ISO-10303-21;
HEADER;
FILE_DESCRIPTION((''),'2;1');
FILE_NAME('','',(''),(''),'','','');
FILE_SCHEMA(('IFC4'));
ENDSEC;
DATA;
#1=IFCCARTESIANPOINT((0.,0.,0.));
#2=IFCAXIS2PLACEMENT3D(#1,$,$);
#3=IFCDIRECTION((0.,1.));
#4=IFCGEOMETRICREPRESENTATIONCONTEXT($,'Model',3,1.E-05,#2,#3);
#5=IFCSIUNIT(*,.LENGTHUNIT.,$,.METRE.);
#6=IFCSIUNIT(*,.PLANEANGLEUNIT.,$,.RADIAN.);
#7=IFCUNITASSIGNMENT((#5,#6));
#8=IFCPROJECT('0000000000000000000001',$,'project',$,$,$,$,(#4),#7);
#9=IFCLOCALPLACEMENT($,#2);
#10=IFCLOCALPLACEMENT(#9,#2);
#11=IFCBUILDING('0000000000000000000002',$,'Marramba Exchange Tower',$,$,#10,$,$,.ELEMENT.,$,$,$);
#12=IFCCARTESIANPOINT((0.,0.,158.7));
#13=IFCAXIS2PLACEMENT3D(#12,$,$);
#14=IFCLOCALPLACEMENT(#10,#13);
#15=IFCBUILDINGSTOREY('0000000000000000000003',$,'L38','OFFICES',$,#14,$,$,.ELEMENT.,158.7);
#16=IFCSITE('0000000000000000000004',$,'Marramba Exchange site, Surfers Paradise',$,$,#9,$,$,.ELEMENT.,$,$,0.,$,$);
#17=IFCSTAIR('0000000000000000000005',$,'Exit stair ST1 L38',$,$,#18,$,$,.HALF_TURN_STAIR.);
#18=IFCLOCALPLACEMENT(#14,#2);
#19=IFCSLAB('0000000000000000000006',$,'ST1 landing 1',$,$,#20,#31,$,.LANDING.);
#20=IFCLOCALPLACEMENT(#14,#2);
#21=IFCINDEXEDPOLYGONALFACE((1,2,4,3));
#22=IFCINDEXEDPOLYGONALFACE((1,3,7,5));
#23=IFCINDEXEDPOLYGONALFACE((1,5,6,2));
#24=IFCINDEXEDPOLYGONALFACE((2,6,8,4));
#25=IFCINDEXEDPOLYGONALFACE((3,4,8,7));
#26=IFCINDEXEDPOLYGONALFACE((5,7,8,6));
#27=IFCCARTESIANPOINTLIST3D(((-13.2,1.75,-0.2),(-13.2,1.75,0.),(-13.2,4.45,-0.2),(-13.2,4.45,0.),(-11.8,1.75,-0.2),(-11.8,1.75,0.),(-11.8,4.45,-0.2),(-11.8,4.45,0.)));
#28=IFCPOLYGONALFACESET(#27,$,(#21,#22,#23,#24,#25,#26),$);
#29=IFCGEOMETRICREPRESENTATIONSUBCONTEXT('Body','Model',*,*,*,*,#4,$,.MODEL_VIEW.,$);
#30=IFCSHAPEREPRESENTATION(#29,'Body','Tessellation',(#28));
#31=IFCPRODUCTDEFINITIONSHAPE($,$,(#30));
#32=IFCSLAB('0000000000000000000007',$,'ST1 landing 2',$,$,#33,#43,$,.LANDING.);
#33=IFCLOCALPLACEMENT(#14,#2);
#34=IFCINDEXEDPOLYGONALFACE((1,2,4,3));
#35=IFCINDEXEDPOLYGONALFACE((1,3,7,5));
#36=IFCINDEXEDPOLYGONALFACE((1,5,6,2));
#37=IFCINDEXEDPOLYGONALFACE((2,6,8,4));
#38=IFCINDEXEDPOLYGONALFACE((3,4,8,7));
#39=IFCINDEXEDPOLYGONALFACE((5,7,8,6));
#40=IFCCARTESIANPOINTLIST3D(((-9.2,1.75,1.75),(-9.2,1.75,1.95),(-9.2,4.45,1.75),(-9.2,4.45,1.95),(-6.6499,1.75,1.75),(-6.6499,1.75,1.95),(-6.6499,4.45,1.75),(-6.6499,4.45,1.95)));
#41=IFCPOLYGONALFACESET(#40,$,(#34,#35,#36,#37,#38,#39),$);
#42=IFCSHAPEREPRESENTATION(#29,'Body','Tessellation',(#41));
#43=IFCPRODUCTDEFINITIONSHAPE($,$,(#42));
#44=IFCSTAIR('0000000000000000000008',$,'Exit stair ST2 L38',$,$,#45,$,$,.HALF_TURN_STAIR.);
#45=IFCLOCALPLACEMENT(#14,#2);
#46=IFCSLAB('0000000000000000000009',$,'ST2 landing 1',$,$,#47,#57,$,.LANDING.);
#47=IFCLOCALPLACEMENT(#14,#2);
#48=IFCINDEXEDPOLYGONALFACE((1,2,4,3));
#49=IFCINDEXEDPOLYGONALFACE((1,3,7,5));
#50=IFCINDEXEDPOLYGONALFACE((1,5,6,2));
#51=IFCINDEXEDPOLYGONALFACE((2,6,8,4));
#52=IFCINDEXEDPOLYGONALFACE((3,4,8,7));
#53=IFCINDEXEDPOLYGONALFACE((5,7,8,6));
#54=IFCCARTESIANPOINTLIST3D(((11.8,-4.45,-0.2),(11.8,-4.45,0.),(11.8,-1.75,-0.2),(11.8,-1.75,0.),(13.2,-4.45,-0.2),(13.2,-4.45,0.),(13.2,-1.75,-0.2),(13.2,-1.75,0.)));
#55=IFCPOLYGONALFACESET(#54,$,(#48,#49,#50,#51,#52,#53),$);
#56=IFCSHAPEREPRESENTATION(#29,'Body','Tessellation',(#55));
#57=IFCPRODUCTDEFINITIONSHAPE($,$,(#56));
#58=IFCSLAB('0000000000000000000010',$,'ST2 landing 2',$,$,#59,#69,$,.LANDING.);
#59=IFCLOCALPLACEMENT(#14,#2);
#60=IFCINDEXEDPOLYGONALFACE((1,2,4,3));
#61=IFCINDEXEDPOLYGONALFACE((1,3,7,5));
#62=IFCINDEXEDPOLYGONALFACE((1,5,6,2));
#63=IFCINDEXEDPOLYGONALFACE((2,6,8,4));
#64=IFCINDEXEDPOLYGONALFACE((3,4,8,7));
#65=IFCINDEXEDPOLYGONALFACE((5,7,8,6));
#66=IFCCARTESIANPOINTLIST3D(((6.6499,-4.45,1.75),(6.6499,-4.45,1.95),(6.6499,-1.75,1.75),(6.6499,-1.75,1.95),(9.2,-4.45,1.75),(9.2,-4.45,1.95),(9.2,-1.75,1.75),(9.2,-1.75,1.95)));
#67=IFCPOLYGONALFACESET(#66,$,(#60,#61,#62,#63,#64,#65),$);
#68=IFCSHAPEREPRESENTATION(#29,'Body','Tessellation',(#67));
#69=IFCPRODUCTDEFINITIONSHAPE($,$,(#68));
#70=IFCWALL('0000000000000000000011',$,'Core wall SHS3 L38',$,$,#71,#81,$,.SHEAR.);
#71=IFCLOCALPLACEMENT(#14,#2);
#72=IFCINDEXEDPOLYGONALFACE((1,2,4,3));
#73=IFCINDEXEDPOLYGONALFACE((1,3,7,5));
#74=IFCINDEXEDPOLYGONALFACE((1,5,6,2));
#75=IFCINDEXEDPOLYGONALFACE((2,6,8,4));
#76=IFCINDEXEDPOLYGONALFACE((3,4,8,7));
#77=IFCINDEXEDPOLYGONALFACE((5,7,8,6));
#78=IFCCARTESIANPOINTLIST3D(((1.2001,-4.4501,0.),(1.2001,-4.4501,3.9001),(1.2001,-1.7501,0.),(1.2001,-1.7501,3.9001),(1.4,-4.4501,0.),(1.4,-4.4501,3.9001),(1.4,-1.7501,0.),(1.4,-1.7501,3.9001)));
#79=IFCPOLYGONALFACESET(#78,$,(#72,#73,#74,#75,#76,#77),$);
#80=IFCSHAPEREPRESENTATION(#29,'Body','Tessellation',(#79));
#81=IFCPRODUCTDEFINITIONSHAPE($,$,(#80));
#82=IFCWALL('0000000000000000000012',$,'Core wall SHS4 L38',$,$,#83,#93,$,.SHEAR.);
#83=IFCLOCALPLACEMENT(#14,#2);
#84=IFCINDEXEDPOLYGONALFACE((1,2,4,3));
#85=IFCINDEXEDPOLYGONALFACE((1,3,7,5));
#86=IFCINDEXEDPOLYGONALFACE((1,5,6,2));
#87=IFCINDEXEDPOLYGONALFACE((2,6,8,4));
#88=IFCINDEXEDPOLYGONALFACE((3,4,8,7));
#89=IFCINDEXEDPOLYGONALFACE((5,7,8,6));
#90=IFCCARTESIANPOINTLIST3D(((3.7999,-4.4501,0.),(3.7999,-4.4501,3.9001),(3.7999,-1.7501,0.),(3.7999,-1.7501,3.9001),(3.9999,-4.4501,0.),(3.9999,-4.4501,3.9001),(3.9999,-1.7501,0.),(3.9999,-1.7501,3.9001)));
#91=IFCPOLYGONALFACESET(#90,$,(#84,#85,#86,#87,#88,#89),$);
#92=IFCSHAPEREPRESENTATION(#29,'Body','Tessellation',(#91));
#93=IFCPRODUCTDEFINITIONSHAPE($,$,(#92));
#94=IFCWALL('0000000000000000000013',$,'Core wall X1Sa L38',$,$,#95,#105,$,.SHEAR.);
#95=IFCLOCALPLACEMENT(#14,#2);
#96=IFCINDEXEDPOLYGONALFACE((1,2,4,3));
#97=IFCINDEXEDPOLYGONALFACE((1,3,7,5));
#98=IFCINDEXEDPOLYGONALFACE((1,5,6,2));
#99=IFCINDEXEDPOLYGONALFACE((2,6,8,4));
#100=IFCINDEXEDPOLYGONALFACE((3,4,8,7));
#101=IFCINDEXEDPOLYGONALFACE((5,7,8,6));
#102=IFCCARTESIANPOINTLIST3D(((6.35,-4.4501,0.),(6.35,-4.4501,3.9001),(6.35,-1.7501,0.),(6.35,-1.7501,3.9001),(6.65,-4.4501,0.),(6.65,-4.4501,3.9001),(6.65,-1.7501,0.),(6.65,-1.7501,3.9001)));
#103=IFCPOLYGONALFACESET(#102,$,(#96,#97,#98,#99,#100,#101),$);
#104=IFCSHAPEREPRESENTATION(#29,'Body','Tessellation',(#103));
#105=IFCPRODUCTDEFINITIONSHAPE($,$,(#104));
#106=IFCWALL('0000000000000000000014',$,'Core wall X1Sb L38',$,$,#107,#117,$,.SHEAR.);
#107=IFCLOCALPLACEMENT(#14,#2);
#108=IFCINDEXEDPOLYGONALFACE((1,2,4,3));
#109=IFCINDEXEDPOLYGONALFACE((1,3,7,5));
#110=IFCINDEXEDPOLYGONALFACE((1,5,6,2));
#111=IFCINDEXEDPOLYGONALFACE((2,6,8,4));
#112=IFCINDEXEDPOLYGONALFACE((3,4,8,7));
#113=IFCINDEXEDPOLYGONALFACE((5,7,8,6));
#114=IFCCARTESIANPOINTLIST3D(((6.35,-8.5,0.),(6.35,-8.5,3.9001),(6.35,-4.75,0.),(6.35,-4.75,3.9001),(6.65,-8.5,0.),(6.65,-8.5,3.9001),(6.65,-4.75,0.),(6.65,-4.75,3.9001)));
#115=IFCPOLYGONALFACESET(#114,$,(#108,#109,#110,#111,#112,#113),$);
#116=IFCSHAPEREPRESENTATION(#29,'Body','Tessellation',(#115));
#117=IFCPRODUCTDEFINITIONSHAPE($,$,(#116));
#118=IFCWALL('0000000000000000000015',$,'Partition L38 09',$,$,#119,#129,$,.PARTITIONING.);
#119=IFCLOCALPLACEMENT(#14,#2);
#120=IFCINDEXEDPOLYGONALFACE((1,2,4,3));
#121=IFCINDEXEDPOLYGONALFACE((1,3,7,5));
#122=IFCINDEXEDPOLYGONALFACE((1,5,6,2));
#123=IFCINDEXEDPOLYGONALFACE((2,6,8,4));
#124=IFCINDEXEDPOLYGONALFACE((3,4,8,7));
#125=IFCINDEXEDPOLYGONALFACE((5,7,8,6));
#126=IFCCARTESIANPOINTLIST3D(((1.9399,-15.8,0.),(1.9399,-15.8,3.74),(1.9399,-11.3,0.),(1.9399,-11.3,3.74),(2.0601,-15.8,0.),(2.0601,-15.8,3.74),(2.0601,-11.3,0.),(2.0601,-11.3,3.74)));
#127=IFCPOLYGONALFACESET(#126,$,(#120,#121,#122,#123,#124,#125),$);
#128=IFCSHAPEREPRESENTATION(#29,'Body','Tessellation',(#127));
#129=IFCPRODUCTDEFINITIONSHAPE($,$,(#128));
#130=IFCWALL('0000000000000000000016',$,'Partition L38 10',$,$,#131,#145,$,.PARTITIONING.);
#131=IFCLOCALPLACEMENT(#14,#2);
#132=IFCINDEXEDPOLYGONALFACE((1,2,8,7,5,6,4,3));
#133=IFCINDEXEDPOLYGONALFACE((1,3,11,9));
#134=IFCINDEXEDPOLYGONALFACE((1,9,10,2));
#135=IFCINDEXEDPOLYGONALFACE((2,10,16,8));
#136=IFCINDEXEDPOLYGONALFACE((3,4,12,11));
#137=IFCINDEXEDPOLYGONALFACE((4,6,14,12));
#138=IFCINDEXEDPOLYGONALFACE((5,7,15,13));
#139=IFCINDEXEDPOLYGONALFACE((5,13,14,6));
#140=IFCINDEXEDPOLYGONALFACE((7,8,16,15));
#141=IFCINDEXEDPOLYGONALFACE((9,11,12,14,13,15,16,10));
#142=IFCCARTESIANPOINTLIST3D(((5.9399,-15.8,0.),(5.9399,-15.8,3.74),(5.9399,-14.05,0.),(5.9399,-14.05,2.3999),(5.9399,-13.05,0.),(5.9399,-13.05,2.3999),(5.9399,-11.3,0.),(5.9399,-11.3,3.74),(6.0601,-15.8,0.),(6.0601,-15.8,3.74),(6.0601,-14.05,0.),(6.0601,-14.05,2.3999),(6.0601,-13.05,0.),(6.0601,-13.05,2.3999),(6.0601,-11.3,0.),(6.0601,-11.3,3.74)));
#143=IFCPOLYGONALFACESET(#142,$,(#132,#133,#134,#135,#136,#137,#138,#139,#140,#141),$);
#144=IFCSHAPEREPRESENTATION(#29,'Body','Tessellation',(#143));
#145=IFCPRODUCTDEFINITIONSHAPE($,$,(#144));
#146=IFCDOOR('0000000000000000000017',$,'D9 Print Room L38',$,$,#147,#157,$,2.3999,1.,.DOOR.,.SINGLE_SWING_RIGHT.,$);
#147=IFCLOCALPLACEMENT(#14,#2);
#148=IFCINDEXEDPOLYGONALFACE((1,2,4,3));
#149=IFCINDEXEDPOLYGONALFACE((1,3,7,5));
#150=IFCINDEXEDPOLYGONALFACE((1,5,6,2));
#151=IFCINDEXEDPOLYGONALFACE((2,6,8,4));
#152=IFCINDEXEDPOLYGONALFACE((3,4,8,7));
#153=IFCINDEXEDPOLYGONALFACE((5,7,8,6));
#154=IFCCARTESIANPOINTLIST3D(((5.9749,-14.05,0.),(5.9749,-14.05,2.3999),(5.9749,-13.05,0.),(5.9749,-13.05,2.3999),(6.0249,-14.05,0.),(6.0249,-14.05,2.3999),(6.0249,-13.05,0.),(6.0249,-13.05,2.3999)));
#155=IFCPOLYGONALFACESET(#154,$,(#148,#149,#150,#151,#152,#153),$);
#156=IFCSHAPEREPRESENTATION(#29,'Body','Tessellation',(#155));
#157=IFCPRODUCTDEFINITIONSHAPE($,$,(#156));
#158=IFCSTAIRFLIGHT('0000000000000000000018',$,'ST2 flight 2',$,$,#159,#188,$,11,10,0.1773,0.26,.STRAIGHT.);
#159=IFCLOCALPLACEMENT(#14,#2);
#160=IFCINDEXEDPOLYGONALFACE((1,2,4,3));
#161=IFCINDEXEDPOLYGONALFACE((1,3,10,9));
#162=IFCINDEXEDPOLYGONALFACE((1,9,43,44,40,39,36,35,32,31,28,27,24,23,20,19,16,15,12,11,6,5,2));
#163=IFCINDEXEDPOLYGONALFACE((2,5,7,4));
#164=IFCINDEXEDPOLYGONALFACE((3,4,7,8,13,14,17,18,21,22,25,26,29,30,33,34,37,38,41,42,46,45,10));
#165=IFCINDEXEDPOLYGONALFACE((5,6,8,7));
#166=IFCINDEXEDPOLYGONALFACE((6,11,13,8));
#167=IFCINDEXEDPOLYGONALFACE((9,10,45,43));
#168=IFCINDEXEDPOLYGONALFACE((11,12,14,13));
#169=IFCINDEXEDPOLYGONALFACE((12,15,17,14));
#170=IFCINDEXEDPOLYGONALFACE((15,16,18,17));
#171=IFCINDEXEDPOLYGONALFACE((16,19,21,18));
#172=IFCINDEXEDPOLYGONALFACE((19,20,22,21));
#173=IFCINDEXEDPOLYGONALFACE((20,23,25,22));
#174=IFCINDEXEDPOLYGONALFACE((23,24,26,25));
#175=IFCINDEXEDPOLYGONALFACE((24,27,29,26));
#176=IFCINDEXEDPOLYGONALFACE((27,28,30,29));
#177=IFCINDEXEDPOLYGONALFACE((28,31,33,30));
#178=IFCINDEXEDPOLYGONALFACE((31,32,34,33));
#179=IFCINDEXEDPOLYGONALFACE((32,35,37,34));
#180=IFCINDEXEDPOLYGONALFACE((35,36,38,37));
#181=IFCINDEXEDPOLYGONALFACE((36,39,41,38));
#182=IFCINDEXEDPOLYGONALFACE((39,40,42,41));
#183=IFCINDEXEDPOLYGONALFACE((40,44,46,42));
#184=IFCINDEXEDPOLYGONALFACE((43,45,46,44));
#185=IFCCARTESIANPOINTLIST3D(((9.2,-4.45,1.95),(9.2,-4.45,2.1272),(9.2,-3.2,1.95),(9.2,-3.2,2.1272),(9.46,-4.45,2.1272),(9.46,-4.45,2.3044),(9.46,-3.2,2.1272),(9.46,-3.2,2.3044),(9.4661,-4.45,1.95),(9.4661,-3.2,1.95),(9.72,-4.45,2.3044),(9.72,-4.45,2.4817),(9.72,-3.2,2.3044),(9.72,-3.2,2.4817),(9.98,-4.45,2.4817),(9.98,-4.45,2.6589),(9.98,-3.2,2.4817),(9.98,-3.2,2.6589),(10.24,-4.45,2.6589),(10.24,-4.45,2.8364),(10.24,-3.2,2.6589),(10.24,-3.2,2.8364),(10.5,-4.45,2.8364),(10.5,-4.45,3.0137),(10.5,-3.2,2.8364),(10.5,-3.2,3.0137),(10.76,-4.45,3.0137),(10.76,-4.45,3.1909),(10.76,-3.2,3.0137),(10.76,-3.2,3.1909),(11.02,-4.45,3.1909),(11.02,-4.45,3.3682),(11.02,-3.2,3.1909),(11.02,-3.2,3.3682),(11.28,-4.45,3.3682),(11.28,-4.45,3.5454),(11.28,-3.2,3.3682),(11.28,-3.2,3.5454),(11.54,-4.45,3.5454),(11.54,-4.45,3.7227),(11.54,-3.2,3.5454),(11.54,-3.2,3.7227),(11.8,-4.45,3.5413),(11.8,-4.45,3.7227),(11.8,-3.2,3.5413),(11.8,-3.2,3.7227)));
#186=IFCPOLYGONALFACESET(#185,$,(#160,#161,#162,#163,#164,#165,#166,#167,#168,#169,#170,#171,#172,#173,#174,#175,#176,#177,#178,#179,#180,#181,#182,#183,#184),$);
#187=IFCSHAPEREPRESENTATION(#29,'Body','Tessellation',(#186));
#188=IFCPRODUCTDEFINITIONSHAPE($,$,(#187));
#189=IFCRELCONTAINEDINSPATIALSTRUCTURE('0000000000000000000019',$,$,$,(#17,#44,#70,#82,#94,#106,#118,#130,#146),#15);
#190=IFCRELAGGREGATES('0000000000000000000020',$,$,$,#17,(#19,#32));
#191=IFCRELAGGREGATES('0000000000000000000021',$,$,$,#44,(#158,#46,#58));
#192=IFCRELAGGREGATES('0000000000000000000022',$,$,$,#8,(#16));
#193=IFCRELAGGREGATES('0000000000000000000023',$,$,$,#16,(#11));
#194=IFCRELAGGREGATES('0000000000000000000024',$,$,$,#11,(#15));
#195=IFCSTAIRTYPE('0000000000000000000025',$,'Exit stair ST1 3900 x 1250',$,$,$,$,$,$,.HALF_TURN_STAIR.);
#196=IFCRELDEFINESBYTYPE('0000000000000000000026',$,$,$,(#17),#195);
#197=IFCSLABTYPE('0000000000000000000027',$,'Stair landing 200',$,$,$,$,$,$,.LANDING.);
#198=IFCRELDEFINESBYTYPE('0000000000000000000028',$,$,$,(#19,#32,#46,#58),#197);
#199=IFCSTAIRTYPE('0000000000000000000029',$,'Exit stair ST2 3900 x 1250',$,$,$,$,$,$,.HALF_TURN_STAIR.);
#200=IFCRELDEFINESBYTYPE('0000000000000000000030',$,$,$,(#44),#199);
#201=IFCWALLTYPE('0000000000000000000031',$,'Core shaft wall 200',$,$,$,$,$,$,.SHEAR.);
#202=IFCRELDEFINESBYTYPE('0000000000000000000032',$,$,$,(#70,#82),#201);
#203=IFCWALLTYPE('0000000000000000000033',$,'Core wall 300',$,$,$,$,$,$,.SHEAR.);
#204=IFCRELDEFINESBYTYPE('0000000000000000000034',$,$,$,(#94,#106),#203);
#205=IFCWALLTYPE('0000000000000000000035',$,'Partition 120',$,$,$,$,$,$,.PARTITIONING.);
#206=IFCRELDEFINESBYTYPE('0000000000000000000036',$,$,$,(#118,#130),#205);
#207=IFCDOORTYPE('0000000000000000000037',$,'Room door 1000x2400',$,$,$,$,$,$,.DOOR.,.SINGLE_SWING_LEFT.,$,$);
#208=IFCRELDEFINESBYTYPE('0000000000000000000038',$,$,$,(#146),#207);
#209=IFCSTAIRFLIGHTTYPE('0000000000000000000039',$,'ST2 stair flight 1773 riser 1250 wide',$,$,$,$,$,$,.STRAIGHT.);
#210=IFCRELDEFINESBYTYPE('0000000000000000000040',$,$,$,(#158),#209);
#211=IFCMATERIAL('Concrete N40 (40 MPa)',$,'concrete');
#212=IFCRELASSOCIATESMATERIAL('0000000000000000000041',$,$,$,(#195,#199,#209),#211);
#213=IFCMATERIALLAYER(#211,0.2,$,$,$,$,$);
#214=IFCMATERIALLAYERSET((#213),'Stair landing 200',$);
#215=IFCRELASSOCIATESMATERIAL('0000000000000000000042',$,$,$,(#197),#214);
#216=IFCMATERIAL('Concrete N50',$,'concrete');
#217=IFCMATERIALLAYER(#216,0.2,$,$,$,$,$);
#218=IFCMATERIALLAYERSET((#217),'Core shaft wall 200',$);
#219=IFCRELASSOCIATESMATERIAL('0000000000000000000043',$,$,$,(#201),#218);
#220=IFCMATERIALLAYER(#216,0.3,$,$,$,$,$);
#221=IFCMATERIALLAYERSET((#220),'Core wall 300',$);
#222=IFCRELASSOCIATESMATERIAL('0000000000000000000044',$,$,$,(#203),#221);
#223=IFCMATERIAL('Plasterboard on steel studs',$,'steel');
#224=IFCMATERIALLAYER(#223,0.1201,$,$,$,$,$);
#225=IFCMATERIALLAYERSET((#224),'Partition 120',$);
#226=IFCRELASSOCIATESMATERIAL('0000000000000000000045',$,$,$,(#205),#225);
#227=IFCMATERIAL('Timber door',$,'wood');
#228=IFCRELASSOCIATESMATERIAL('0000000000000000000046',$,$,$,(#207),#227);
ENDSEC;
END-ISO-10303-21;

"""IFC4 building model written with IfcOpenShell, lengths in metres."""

from ifc_helpers import new_model, si_unit, direction, frame, frame_2d, origin, place, context, subcontext, project, spatial, polyline, rectangle, outline, extrude, material, layer, layer_set, type_object, element, fill, aggregate, save


model = new_model("IFC4")

# Units and contexts
model_context = context("Model", 3, precision=1e-05, world=origin(), true_north=direction((0.0, 1.0)))
body_context = subcontext(model_context, "Body", "Model", "MODEL_VIEW")
ifc_project = project(units=[si_unit("LENGTHUNIT", "METRE"), si_unit("PLANEANGLEUNIT", "RADIAN")], contexts=[model_context])

# Site, building, storey
site_placement = place(None, origin())
site = spatial("IfcSite", under=ifc_project, at=site_placement, Name="Marramba Exchange site, Surfers Paradise", CompositionType="ELEMENT", RefElevation=0.0)
building_placement = place(site_placement, origin())
building = spatial("IfcBuilding", under=site, at=building_placement, Name="Marramba Exchange Tower", CompositionType="ELEMENT")
storey_placement = place(building_placement, frame((0.0, 0.0, 158.7)))
storey = spatial("IfcBuildingStorey", under=building, at=storey_placement, Name="L38", Description="OFFICES", CompositionType="ELEMENT", Elevation=158.7)

# Stairs, slabs
ifc_material_1 = material(Name="Concrete N40 (40 MPa)", Category="concrete")
stair_type_1 = type_object("IfcStairType", Name="Exit stair ST1 3900 x 1250", PredefinedType="HALF_TURN_STAIR", material=ifc_material_1)
stair_1_placement = place(storey_placement, origin())
stair_1 = element("IfcStair", 1, at=stair_1_placement, inside=storey, type_object=stair_type_1, Name="Exit stair ST1 L38", PredefinedType="HALF_TURN_STAIR")
ifc_layer_1 = layer(ifc_material_1, 0.2)
ifc_layer_set_1 = layer_set([ifc_layer_1], Name="Stair landing 200")
slab_type = type_object("IfcSlabType", Name="Stair landing 200", PredefinedType="LANDING", material=ifc_layer_set_1)
slab_1_placement = place(storey_placement, frame((0.0, 0.0, -0.2)))
slab_1 = element("IfcSlab", 2, at=slab_1_placement, type_object=slab_type, Name="ST1 landing 1", PredefinedType="LANDING", context=body_context, shape_type="SweptSolid", body=[
    extrude(outline(polyline([(-13.2, 1.75), (-11.8, 1.75), (-11.8, 4.45), (-13.2, 4.45), (-13.2, 1.75)])), origin(), (0.0, 0.0, 1.0), 0.2),
])
slab_2_placement = place(storey_placement, frame((0.0, 0.0, 1.75)))
slab_2 = element("IfcSlab", 3, at=slab_2_placement, type_object=slab_type, Name="ST1 landing 2", PredefinedType="LANDING", context=body_context, shape_type="SweptSolid", body=[
    extrude(outline(polyline([(-9.2, 1.75), (-6.6499, 1.75), (-6.6499, 4.45), (-9.2, 4.45), (-9.2, 1.75)])), origin(), (0.0, 0.0, 1.0), 0.2),
])
aggregate(stair_1, [slab_1, slab_2])
stair_type_2 = type_object("IfcStairType", Name="Exit stair ST2 3900 x 1250", PredefinedType="HALF_TURN_STAIR", material=ifc_material_1)
stair_2_placement = place(storey_placement, origin())
stair_2 = element("IfcStair", 4, at=stair_2_placement, inside=storey, type_object=stair_type_2, Name="Exit stair ST2 L38", PredefinedType="HALF_TURN_STAIR")
slab_3_placement = place(storey_placement, frame((0.0, 0.0, -0.2)))
slab_3 = element("IfcSlab", 5, at=slab_3_placement, type_object=slab_type, Name="ST2 landing 1", PredefinedType="LANDING", context=body_context, shape_type="SweptSolid", body=[
    extrude(outline(polyline([(11.8, -4.45), (13.2, -4.45), (13.2, -1.75), (11.8, -1.75), (11.8, -4.45)])), origin(), (0.0, 0.0, 1.0), 0.2),
])
slab_4_placement = place(storey_placement, frame((0.0, 0.0, 1.75)))
slab_4 = element("IfcSlab", 6, at=slab_4_placement, type_object=slab_type, Name="ST2 landing 2", PredefinedType="LANDING", context=body_context, shape_type="SweptSolid", body=[
    extrude(outline(polyline([(6.6499, -4.45), (9.2, -4.45), (9.2, -1.75), (6.6499, -1.75), (6.6499, -4.45)])), origin(), (0.0, 0.0, 1.0), 0.2),
])

# Walls
ifc_material_2 = material(Name="Concrete N50", Category="concrete")
ifc_layer_2 = layer(ifc_material_2, 0.2)
ifc_layer_set_2 = layer_set([ifc_layer_2], Name="Core shaft wall 200")
wall_type_1 = type_object("IfcWallType", Name="Core shaft wall 200", PredefinedType="SHEAR", material=ifc_layer_set_2)
for number, where, z_axis, x_axis, name in (
    (7, (1.3, -1.75, 0.0), (0.0, 0.0, 1.0), (0.0, -1.0, 0.0), "Core wall SHS3 L38"),
    (8, (3.8999, -1.75, 0.0), (0.0, 0.0, 1.0), (0.0, -1.0, 0.0), "Core wall SHS4 L38"),
):
    element("IfcWall", number, at=place(storey_placement, frame(where, z_axis=z_axis, x_axis=x_axis)), inside=storey, type_object=wall_type_1, Name=name, PredefinedType="SHEAR", context=body_context, shape_type="SweptSolid", body=[
        extrude(rectangle(XDim=2.7, YDim=0.2, at=frame_2d((1.3501, 0.0))), origin(), (0.0, 0.0, 1.0), 3.9001),
    ])
ifc_layer_3 = layer(ifc_material_2, 0.3)
ifc_layer_set_3 = layer_set([ifc_layer_3], Name="Core wall 300")
wall_type_2 = type_object("IfcWallType", Name="Core wall 300", PredefinedType="SHEAR", material=ifc_layer_set_3)
wall_1_placement = place(storey_placement, frame((6.5, -1.75, 0.0), z_axis=(0.0, 0.0, 1.0), x_axis=(0.0, -1.0, 0.0)))
element("IfcWall", 9, at=wall_1_placement, inside=storey, type_object=wall_type_2, Name="Core wall X1Sa L38", PredefinedType="SHEAR", context=body_context, shape_type="SweptSolid", body=[
    extrude(rectangle(XDim=2.7, YDim=0.3, at=frame_2d((1.3501, 0.0))), origin(), (0.0, 0.0, 1.0), 3.9001),
])
wall_2_placement = place(storey_placement, frame((6.5, -4.75, 0.0), z_axis=(0.0, 0.0, 1.0), x_axis=(0.0, -1.0, 0.0)))
element("IfcWall", 10, at=wall_2_placement, inside=storey, type_object=wall_type_2, Name="Core wall X1Sb L38", PredefinedType="SHEAR", context=body_context, shape_type="SweptSolid", body=[
    extrude(rectangle(XDim=3.75, YDim=0.3, at=frame_2d((1.875, 0.0))), origin(), (0.0, 0.0, 1.0), 3.9001),
])
ifc_material_3 = material(Name="Plasterboard on steel studs", Category="steel")
ifc_layer_4 = layer(ifc_material_3, 0.1201)
ifc_layer_set_4 = layer_set([ifc_layer_4], Name="Partition 120")
wall_type_3 = type_object("IfcWallType", Name="Partition 120", PredefinedType="PARTITIONING", material=ifc_layer_set_4)
wall_3_placement = place(storey_placement, frame((2.0, -11.3, 0.0), z_axis=(0.0, 0.0, 1.0), x_axis=(0.0, -1.0, 0.0)))
element("IfcWall", 11, at=wall_3_placement, inside=storey, type_object=wall_type_3, Name="Partition L38 09", PredefinedType="PARTITIONING", context=body_context, shape_type="SweptSolid", body=[
    extrude(rectangle(XDim=4.5, YDim=0.1201, at=frame_2d((2.25, 0.0))), origin(), (0.0, 0.0, 1.0), 3.74),
])

# Wall, opening, door
wall_4_placement = place(storey_placement, frame((6.0, -11.3, 0.0), z_axis=(0.0, 0.0, 1.0), x_axis=(0.0, -1.0, 0.0)))
wall_4 = element("IfcWall", 12, at=wall_4_placement, inside=storey, type_object=wall_type_3, Name="Partition L38 10", PredefinedType="PARTITIONING", context=body_context, shape_type="SweptSolid", body=[
    extrude(rectangle(XDim=4.5, YDim=0.1201, at=frame_2d((2.25, 0.0))), origin(), (0.0, 0.0, 1.0), 3.74),
])
opening_1_placement = place(wall_4_placement, frame((1.75, 0.0, 0.0)))
opening_1 = element("IfcOpeningElement", 13, at=opening_1_placement, cuts=wall_4, PredefinedType="OPENING", context=body_context, shape_type="SweptSolid", body=[
    extrude(rectangle(XDim=1.0, YDim=2.3999, at=frame_2d((0.5, 1.2))), frame((0.0, 0.0701, 0.0), z_axis=(0.0, -1.0, 0.0), x_axis=(1.0, 0.0, 0.0)), (0.0, 0.0, 1.0), 0.1401),
])
ifc_material_4 = material(Name="Timber door", Category="wood")
door_type = type_object("IfcDoorType", Name="Room door 1000x2400", OperationType="SINGLE_SWING_LEFT", PredefinedType="DOOR", material=ifc_material_4)
door_1_placement = place(opening_1_placement, frame((1.0, 0.0, 0.0), z_axis=(0.0, 0.0, 1.0), x_axis=(-1.0, 0.0, 0.0)))
door_1 = element("IfcDoor", 14, at=door_1_placement, inside=storey, type_object=door_type, Name="D9 Print Room L38", OperationType="SINGLE_SWING_RIGHT", OverallHeight=2.3999, OverallWidth=1.0, PredefinedType="DOOR", context=body_context, shape_type="SweptSolid", body=[
    extrude(rectangle(XDim=1.0, YDim=2.3999, at=frame_2d((0.5, 1.2))), frame((0.0, 0.0251, 0.0), z_axis=(0.0, -1.0, 0.0), x_axis=(1.0, 0.0, 0.0)), (0.0, 0.0, 1.0), 0.05),
])
fill(opening_1, door_1)

# Stair flight
stair_flight_type = type_object("IfcStairFlightType", Name="ST2 stair flight 1773 riser 1250 wide", PredefinedType="STRAIGHT", material=ifc_material_1)
stair_flight_placement = place(storey_placement, frame((9.2, -3.825, 1.95), z_axis=(0.0, 0.0, 1.0), x_axis=(1.0, 0.0, 0.0)))
stair_flight = element("IfcStairFlight", 15, at=stair_flight_placement, type_object=stair_flight_type, Name="ST2 flight 2", NumberOfRisers=11, NumberOfTreads=10, PredefinedType="STRAIGHT", RiserHeight=0.1773, TreadLength=0.26, context=body_context, shape_type="SweptSolid", body=[
    extrude(outline(polyline([(0.0, 0.0), (0.0, 0.1772), (0.26, 0.1772), (0.26, 0.3545), (0.52, 0.3545), (0.52, 0.5317), (0.78, 0.5317), (0.78, 0.709), (1.04, 0.709), (1.04, 0.8865), (1.3, 0.8865), (1.3, 1.0637), (1.5601, 1.0637), (1.5601, 1.241), (1.8201, 1.241), (1.8201, 1.4182), (2.0801, 1.4182), (2.0801, 1.5955), (2.3401, 1.5955), (2.3401, 1.7727), (2.6001, 1.7727), (2.6001, 1.95), (2.6001, 1.5913), (0.2661, 0.0), (0.0, 0.0)])), frame((0.0, 0.625, 0.0), z_axis=(0.0, -1.0, 0.0), x_axis=(1.0, 0.0, 0.0)), (0.0, 0.0, 1.0), 1.25),
])
aggregate(stair_2, [stair_flight, slab_3, slab_4])

save(model, "model.ifc")
